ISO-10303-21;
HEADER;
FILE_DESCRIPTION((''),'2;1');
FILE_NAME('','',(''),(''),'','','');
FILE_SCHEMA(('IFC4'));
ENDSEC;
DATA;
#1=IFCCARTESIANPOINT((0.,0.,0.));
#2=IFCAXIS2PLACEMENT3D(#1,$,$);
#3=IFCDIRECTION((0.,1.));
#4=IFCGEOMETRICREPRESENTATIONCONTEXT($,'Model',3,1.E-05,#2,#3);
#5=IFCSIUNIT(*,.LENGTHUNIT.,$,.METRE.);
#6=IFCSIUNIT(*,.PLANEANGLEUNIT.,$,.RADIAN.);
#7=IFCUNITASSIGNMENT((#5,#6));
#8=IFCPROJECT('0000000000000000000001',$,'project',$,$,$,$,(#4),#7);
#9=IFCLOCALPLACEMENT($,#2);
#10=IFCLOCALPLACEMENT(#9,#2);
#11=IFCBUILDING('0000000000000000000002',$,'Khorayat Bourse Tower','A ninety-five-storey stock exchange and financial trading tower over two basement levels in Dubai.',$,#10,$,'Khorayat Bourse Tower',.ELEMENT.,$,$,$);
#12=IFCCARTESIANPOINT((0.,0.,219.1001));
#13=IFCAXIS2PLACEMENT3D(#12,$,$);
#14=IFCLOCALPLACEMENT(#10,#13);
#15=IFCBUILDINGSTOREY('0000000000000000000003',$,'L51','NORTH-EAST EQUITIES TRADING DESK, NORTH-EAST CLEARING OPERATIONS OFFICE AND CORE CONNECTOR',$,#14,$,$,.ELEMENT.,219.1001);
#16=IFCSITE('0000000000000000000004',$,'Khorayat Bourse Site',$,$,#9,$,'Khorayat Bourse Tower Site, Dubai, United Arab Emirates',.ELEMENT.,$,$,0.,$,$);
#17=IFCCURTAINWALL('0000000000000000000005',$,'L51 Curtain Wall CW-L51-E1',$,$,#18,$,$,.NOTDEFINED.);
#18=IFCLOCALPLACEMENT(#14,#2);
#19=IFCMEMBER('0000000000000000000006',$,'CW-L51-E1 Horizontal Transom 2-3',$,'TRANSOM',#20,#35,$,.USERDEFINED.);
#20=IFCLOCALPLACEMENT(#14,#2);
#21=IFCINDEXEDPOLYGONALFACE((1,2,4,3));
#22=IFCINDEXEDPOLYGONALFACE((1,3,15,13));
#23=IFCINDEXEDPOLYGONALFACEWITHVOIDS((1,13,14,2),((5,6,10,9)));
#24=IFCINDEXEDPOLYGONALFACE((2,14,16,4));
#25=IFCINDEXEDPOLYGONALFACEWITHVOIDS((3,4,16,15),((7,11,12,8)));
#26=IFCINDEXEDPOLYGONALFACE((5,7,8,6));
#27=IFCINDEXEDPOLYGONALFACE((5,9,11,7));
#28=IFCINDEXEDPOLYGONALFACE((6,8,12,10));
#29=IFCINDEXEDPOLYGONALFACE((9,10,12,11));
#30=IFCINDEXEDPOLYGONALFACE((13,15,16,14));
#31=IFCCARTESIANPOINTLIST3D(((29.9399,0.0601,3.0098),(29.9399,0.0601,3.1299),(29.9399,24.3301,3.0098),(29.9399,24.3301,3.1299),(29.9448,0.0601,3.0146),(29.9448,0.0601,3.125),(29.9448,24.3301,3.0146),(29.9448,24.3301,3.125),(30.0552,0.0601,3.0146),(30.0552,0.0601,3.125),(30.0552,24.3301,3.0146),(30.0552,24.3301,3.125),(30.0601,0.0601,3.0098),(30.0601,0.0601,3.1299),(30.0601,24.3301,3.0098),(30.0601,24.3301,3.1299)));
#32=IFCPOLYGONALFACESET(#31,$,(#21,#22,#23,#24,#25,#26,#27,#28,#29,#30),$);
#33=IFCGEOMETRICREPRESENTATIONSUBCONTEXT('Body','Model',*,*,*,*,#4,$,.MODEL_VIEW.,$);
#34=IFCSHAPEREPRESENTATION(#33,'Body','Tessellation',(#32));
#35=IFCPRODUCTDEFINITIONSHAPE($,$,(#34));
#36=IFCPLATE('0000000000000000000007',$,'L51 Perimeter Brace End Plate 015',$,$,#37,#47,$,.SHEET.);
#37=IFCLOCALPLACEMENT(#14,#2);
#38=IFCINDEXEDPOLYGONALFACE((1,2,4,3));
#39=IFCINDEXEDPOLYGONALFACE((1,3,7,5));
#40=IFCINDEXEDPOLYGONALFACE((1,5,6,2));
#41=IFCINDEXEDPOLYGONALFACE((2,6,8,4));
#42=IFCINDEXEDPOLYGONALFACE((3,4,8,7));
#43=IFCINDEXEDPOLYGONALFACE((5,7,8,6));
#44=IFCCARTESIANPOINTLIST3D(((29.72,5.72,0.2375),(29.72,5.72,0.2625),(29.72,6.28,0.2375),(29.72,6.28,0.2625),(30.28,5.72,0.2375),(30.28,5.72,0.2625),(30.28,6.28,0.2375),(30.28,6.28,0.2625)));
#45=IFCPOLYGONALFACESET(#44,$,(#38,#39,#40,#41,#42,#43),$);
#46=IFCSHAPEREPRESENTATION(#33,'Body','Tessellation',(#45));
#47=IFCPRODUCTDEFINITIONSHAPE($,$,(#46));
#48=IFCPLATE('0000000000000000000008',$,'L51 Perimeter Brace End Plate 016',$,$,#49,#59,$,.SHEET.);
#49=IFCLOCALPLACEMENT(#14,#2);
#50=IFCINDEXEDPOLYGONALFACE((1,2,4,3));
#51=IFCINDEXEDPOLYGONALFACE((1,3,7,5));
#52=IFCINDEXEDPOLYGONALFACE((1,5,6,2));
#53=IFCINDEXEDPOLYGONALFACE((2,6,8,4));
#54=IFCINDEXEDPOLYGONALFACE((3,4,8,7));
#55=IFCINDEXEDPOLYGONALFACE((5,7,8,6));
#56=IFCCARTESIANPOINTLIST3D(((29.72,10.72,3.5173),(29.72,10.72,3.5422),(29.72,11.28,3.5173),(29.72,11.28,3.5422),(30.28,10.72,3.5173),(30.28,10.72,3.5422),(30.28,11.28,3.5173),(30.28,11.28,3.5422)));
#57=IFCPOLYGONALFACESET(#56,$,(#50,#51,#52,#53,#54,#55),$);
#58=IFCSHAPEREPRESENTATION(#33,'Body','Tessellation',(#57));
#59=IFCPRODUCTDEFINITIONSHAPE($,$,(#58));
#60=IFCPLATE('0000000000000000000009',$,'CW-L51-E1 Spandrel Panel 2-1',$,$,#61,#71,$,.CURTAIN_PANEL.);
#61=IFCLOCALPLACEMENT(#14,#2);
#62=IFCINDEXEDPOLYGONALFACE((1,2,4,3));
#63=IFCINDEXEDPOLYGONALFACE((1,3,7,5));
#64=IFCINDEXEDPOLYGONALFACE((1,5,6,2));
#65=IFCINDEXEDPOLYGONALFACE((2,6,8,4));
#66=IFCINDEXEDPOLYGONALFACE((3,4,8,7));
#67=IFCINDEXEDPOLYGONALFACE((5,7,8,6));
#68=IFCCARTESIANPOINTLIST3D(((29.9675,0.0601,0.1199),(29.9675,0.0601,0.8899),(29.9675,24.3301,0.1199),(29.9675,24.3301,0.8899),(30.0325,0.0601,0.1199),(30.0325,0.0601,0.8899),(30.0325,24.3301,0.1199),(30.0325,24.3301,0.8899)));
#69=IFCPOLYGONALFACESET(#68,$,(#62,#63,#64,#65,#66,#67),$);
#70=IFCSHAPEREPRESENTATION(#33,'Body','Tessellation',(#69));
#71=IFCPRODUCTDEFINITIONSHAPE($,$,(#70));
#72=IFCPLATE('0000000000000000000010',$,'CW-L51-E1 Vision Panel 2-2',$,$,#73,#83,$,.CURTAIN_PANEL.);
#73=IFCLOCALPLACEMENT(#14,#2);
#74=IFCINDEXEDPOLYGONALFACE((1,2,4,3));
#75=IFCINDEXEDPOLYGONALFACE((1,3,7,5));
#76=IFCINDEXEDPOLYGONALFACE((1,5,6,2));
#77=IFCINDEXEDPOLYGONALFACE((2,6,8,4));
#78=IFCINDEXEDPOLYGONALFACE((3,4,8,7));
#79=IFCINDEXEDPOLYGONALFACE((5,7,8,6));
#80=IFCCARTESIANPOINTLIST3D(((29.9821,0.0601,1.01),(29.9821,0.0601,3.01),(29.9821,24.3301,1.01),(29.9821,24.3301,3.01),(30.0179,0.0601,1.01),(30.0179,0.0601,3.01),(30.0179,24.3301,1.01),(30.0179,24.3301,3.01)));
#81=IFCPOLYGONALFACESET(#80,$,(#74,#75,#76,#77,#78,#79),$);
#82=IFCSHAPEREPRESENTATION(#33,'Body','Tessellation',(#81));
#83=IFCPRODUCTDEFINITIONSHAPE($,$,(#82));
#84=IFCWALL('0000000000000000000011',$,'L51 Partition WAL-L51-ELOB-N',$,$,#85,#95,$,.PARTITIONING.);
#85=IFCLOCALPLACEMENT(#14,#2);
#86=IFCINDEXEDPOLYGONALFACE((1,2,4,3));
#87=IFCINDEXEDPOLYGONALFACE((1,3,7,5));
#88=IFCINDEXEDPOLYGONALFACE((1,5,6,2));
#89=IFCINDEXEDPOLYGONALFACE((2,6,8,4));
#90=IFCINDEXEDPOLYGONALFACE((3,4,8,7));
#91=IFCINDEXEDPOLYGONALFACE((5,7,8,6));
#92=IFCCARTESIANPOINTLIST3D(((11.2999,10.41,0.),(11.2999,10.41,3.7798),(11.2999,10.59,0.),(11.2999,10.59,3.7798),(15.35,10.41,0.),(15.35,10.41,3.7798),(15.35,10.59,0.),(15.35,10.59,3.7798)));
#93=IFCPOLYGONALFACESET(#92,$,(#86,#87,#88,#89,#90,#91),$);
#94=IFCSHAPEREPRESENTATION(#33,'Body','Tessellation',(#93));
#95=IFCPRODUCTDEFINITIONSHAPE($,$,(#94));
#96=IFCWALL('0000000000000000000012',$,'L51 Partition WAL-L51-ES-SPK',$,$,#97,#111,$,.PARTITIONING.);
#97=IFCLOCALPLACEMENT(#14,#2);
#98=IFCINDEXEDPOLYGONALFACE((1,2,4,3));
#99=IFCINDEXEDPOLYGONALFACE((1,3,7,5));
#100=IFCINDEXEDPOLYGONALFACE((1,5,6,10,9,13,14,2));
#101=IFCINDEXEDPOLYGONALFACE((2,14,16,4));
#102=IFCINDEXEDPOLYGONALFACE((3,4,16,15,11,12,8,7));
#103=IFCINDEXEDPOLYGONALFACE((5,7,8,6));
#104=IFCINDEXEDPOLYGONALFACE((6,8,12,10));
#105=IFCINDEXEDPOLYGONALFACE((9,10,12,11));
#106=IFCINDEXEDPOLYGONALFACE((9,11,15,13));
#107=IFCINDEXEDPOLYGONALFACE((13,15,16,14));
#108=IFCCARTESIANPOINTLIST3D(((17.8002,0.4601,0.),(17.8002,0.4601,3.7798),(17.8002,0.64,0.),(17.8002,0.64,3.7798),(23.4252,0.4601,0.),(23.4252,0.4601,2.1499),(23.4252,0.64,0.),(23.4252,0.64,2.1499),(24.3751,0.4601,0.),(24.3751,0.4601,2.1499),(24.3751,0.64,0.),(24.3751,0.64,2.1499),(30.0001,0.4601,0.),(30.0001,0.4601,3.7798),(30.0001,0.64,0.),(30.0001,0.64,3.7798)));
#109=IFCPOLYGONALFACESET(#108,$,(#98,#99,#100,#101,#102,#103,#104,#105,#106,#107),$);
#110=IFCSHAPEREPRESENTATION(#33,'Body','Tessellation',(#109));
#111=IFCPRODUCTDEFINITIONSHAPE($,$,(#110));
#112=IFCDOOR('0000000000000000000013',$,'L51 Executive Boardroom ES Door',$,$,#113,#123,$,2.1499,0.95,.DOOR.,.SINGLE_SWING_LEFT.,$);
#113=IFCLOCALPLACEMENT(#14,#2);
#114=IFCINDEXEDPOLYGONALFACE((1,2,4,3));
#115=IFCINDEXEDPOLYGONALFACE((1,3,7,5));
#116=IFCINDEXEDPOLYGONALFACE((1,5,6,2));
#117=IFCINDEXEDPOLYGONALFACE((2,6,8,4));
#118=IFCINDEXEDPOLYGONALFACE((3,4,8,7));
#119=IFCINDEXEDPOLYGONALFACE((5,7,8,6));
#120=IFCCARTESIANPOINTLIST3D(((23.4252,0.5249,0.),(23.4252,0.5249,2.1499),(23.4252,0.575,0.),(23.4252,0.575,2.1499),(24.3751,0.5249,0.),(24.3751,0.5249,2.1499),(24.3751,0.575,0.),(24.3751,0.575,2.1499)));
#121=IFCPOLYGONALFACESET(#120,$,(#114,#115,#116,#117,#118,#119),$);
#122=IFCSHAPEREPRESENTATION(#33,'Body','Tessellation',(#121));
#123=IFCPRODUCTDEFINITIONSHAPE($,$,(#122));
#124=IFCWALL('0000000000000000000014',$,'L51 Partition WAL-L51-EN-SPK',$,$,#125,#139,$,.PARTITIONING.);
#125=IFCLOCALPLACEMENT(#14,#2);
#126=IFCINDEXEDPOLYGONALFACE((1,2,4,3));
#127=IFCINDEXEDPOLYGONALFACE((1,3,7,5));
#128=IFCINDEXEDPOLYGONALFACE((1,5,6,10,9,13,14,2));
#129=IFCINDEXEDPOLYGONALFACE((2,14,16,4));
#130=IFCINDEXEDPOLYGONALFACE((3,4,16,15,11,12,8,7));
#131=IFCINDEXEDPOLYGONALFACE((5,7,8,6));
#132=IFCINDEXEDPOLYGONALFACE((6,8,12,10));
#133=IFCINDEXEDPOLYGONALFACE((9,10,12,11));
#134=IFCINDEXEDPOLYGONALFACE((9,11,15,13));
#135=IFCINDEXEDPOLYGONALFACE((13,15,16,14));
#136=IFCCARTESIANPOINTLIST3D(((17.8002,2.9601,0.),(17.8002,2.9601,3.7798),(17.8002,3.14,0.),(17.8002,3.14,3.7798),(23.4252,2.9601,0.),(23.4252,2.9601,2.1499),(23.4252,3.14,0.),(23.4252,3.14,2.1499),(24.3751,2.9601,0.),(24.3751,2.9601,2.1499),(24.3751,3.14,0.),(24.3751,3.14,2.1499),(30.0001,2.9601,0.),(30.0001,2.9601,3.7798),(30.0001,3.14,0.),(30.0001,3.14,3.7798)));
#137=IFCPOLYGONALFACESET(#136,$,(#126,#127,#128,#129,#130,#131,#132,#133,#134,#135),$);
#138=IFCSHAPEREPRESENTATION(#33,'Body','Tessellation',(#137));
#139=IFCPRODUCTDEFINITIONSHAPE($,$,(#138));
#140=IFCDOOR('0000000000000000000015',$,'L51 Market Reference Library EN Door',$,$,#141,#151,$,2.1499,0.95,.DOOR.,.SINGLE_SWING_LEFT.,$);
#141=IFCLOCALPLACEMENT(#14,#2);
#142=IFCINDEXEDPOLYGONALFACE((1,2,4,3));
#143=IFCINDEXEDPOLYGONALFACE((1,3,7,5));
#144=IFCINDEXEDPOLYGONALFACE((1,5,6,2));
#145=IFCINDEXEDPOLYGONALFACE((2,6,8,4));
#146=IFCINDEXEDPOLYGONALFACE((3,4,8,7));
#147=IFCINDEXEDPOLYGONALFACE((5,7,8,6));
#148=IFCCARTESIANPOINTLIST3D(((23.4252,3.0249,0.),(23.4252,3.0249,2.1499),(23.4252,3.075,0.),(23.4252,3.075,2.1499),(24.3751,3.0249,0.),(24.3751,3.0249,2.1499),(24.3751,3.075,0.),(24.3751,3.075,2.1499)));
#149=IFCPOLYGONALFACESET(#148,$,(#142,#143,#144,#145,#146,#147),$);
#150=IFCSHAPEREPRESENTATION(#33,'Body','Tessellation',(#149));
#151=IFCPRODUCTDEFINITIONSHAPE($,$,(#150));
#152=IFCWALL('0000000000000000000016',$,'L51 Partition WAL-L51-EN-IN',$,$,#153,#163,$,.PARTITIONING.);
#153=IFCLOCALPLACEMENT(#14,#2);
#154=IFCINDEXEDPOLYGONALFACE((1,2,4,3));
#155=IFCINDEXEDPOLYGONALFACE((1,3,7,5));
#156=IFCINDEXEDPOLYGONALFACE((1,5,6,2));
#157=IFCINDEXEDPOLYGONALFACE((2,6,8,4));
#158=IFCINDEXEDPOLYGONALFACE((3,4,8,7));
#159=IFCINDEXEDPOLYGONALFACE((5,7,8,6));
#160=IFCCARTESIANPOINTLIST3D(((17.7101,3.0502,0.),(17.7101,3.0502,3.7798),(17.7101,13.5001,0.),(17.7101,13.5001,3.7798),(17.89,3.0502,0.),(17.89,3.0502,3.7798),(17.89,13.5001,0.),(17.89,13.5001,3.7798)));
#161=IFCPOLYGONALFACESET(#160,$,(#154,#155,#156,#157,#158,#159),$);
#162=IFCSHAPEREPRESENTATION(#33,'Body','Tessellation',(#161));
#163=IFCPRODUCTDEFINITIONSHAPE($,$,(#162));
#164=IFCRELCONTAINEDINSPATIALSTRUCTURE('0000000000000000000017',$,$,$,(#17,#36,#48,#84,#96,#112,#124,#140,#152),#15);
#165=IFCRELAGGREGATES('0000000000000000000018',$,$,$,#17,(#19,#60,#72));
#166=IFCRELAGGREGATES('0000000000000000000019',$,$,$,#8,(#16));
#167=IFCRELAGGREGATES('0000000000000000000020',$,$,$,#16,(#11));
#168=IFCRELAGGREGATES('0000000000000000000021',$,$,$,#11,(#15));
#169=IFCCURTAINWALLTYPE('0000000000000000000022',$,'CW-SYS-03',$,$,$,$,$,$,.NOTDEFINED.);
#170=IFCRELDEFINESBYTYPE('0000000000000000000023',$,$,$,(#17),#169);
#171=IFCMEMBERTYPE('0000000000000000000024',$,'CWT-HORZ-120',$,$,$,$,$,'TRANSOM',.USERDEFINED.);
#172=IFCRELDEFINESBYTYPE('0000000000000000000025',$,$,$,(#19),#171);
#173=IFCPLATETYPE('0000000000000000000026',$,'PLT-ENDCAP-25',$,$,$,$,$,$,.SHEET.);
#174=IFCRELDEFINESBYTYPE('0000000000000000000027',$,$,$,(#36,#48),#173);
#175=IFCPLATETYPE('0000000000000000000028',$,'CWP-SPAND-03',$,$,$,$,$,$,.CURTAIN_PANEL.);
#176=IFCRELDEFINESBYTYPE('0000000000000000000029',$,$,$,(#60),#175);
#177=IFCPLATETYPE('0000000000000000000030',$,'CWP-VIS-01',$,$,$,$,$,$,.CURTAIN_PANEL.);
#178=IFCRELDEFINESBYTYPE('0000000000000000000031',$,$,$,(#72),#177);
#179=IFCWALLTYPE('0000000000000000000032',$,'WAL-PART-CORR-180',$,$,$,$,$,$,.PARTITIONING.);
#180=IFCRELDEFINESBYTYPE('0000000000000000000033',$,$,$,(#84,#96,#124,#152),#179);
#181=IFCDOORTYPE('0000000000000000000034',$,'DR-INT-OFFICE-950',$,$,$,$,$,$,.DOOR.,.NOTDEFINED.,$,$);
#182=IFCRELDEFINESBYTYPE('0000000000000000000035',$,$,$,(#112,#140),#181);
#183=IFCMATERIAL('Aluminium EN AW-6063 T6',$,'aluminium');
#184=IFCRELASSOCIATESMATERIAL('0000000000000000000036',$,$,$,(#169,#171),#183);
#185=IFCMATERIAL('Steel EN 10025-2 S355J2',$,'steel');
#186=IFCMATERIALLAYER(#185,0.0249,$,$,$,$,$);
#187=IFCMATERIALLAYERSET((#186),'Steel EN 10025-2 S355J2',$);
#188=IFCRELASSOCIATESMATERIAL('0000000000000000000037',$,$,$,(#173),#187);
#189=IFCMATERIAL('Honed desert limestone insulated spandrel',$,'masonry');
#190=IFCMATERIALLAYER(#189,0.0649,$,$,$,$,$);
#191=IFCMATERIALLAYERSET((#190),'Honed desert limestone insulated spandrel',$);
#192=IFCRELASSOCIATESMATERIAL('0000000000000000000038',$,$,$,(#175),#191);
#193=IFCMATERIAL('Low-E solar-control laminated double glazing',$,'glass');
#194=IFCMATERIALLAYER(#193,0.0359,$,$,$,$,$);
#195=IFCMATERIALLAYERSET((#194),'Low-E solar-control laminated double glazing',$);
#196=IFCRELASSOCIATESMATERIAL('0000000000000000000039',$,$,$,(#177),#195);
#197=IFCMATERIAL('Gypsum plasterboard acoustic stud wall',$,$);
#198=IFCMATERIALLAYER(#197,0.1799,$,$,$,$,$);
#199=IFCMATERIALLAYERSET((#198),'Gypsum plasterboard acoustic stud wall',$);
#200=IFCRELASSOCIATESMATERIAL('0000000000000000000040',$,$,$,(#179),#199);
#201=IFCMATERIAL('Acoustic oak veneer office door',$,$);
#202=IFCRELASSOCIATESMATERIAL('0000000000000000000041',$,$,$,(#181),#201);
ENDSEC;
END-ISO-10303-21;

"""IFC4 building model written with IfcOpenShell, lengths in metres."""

from ifc_helpers import new_model, si_unit, direction, frame, frame_2d, origin, origin_2d, place, context, subcontext, project, spatial, rectangle, hollow_rectangle, extrude, source, transform, mapped, material, layer, layer_set, material_profile, profile_set, type_object, element, fill, aggregate, save


model = new_model("IFC4")

# Units and contexts
model_context = context("Model", 3, precision=1e-05, world=origin(), true_north=direction((0.0, 1.0)))
body_context = subcontext(model_context, "Body", "Model", "MODEL_VIEW")
ifc_project = project(units=[si_unit("LENGTHUNIT", "METRE"), si_unit("PLANEANGLEUNIT", "RADIAN")], contexts=[model_context])

# Site, building, storey
site_placement = place(None, origin())
site = spatial("IfcSite", under=ifc_project, at=site_placement, Name="Khorayat Bourse Site", LongName="Khorayat Bourse Tower Site, Dubai, United Arab Emirates", CompositionType="ELEMENT", RefElevation=0.0)
building_placement = place(site_placement, origin())
building = spatial("IfcBuilding", under=site, at=building_placement, Name="Khorayat Bourse Tower", Description="A ninety-five-storey stock exchange and financial trading tower over two basement levels in Dubai.", LongName="Khorayat Bourse Tower", CompositionType="ELEMENT")
storey_placement = place(building_placement, frame((0.0, 0.0, 219.1001)))
storey = spatial("IfcBuildingStorey", under=building, at=storey_placement, Name="L51", Description="NORTH-EAST EQUITIES TRADING DESK, NORTH-EAST CLEARING OPERATIONS OFFICE AND CORE CONNECTOR", CompositionType="ELEMENT", Elevation=219.1001)

# Curtain wall, member
ifc_material_1 = material(Name="Aluminium EN AW-6063 T6", Category="aluminium")
curtain_wall_type = type_object("IfcCurtainWallType", Name="CW-SYS-03", PredefinedType="NOTDEFINED", material=ifc_material_1)
curtain_wall_placement = place(storey_placement, origin())
curtain_wall = element("IfcCurtainWall", 1, at=curtain_wall_placement, inside=storey, type_object=curtain_wall_type, Name="L51 Curtain Wall CW-L51-E1", PredefinedType="NOTDEFINED")
ifc_material_profile_1 = material_profile(ifc_material_1, hollow_rectangle(XDim=0.1201, YDim=0.1201, WallThickness=0.0049, at=origin_2d()), Name="ALU 120x120x5")
ifc_profile_set_1 = profile_set([ifc_material_profile_1], Name="Aluminium EN AW-6063 T6")
member_type_1 = type_object("IfcMemberType", Name="CWT-HORZ-120", ElementType="TRANSOM", PredefinedType="USERDEFINED", material=ifc_profile_set_1)
shared_shape_1 = source(origin(), body_context, "Body", "SweptSolid", [
    extrude(hollow_rectangle(XDim=0.1201, YDim=0.1201, WallThickness=0.0049, at=origin_2d()), origin(), (0.0, 0.0, 1.0), 24.27),
])
member_1_placement = place(storey_placement, frame((30.0, 0.0601, 3.0698), z_axis=(0.0, 1.0, 0.0), x_axis=(-1.0, 0.0, 0.0)))
member_1 = element("IfcMember", 2, at=member_1_placement, type_object=member_type_1, Name="CW-L51-E1 Horizontal Transom 2-3", ObjectType="TRANSOM", PredefinedType="USERDEFINED", context=body_context, shape_type="MappedRepresentation", body=[
    mapped(shared_shape_1, transform((0.0, 0.0, 0.0), scale=1.0)),
])

# Plates
ifc_material_2 = material(Name="Steel EN 10025-2 S355J2", Category="steel")
ifc_layer_1 = layer(ifc_material_2, 0.0249)
ifc_layer_set_1 = layer_set([ifc_layer_1], Name="Steel EN 10025-2 S355J2")
plate_type_1 = type_object("IfcPlateType", Name="PLT-ENDCAP-25", PredefinedType="SHEET", material=ifc_layer_set_1)
shared_shape_2 = source(origin(), body_context, "Body", "SweptSolid", [
    extrude(rectangle(XDim=0.5601, YDim=0.5601, at=origin_2d()), origin(), (0.0, 0.0, 1.0), 0.0249),
])
for number, where, z_axis, x_axis, name in (
    (3, (30.0, 6.0, 0.2375), (0.0, 0.0, 1.0), (1.0, 0.0, 0.0), "L51 Perimeter Brace End Plate 015"),
    (4, (30.0, 11.0, 3.5173), (0.0, 0.0, 1.0), (1.0, 0.0, 0.0), "L51 Perimeter Brace End Plate 016"),
):
    element("IfcPlate", number, at=place(storey_placement, frame(where, z_axis=z_axis, x_axis=x_axis)), inside=storey, type_object=plate_type_1, Name=name, PredefinedType="SHEET", context=body_context, shape_type="MappedRepresentation", body=[
        mapped(shared_shape_2, transform((0.0, 0.0, 0.0), scale=1.0)),
    ])

# Plates
ifc_material_3 = material(Name="Honed desert limestone insulated spandrel", Category="masonry")
ifc_layer_2 = layer(ifc_material_3, 0.0649)
ifc_layer_set_2 = layer_set([ifc_layer_2], Name="Honed desert limestone insulated spandrel")
plate_type_2 = type_object("IfcPlateType", Name="CWP-SPAND-03", PredefinedType="CURTAIN_PANEL", material=ifc_layer_set_2)
shared_shape_3 = source(origin(), body_context, "Body", "SweptSolid", [
    extrude(rectangle(XDim=24.27, YDim=0.0649, at=origin_2d()), origin(), (0.0, 0.0, 1.0), 0.77),
])
plate_1_placement = place(storey_placement, frame((30.0, 12.1951, 0.1199), z_axis=(0.0, 0.0, 1.0), x_axis=(0.0, 1.0, 0.0)))
plate_1 = element("IfcPlate", 5, at=plate_1_placement, type_object=plate_type_2, Name="CW-L51-E1 Spandrel Panel 2-1", PredefinedType="CURTAIN_PANEL", context=body_context, shape_type="MappedRepresentation", body=[
    mapped(shared_shape_3, transform((0.0, 0.0, 0.0), scale=1.0)),
])
ifc_material_4 = material(Name="Low-E solar-control laminated double glazing", Category="glass")
ifc_layer_3 = layer(ifc_material_4, 0.0359)
ifc_layer_set_3 = layer_set([ifc_layer_3], Name="Low-E solar-control laminated double glazing")
plate_type_3 = type_object("IfcPlateType", Name="CWP-VIS-01", PredefinedType="CURTAIN_PANEL", material=ifc_layer_set_3)
shared_shape_4 = source(origin(), body_context, "Body", "SweptSolid", [
    extrude(rectangle(XDim=24.27, YDim=0.0359, at=origin_2d()), origin(), (0.0, 0.0, 1.0), 2.0),
])
plate_2_placement = place(storey_placement, frame((30.0, 12.1951, 1.01), z_axis=(0.0, 0.0, 1.0), x_axis=(0.0, 1.0, 0.0)))
plate_2 = element("IfcPlate", 6, at=plate_2_placement, type_object=plate_type_3, Name="CW-L51-E1 Vision Panel 2-2", PredefinedType="CURTAIN_PANEL", context=body_context, shape_type="MappedRepresentation", body=[
    mapped(shared_shape_4, transform((0.0, 0.0, 0.0), scale=1.0)),
])
aggregate(curtain_wall, [member_1, plate_1, plate_2])

# Wall
ifc_material_5 = material(Name="Gypsum plasterboard acoustic stud wall")
ifc_layer_4 = layer(ifc_material_5, 0.1799)
ifc_layer_set_4 = layer_set([ifc_layer_4], Name="Gypsum plasterboard acoustic stud wall")
wall_type = type_object("IfcWallType", Name="WAL-PART-CORR-180", PredefinedType="PARTITIONING", material=ifc_layer_set_4)
shared_shape_5 = source(origin(), body_context, "Body", "SweptSolid", [
    extrude(rectangle(XDim=4.05, YDim=0.1799, at=frame_2d((2.0249, 0.0))), origin(), (0.0, 0.0, 1.0), 3.7798),
])
wall_1_placement = place(storey_placement, frame((11.3, 10.5, 0.0), z_axis=(0.0, 0.0, 1.0), x_axis=(1.0, 0.0, 0.0)))
element("IfcWall", 7, at=wall_1_placement, inside=storey, type_object=wall_type, Name="L51 Partition WAL-L51-ELOB-N", PredefinedType="PARTITIONING", context=body_context, shape_type="MappedRepresentation", body=[
    mapped(shared_shape_5, transform((0.0, 0.0, 0.0), scale=1.0)),
])

# Walls, openings, doors
shared_shape_6 = source(origin(), body_context, "Body", "SweptSolid", [
    extrude(rectangle(XDim=12.2, YDim=0.1799, at=frame_2d((6.1001, 0.0))), origin(), (0.0, 0.0, 1.0), 3.7798),
])
wall_2_placement = place(storey_placement, frame((17.8, 0.55, 0.0), z_axis=(0.0, 0.0, 1.0), x_axis=(1.0, 0.0, 0.0)))
wall_2 = element("IfcWall", 8, at=wall_2_placement, inside=storey, type_object=wall_type, Name="L51 Partition WAL-L51-ES-SPK", PredefinedType="PARTITIONING", context=body_context, shape_type="MappedRepresentation", body=[
    mapped(shared_shape_6, transform((0.0, 0.0, 0.0), scale=1.0)),
])
shared_shape_7 = source(origin(), body_context, "Body", "SweptSolid", [
    extrude(rectangle(XDim=0.95, YDim=2.1499, at=frame_2d((0.4751, 1.075))), frame((0.0, 0.0999, 0.0), z_axis=(0.0, -1.0, 0.0), x_axis=(1.0, 0.0, 0.0)), (0.0, 0.0, 1.0), 0.2),
])
opening_1_placement = place(wall_2_placement, frame((5.625, 0.0, 0.0)))
opening_1 = element("IfcOpeningElement", 9, at=opening_1_placement, cuts=wall_2, PredefinedType="OPENING", context=body_context, shape_type="MappedRepresentation", body=[
    mapped(shared_shape_7, transform((0.0, 0.0, 0.0), scale=1.0)),
])
ifc_material_6 = material(Name="Acoustic oak veneer office door")
door_type = type_object("IfcDoorType", Name="DR-INT-OFFICE-950", OperationType="NOTDEFINED", PredefinedType="DOOR", material=ifc_material_6)
shared_shape_8 = source(origin(), body_context, "Body", "SweptSolid", [
    extrude(rectangle(XDim=0.95, YDim=2.1499, at=frame_2d((0.4751, 1.075))), frame((0.0, 0.0249, 0.0), z_axis=(0.0, -1.0, 0.0), x_axis=(1.0, 0.0, 0.0)), (0.0, 0.0, 1.0), 0.05),
])
door_1_placement = place(opening_1_placement, origin())
door_1 = element("IfcDoor", 10, at=door_1_placement, inside=storey, type_object=door_type, Name="L51 Executive Boardroom ES Door", OperationType="SINGLE_SWING_LEFT", OverallHeight=2.1499, OverallWidth=0.95, PredefinedType="DOOR", context=body_context, shape_type="MappedRepresentation", body=[
    mapped(shared_shape_8, transform((0.0, 0.0, 0.0), scale=1.0)),
])
fill(opening_1, door_1)
wall_3_placement = place(storey_placement, frame((17.8, 3.05, 0.0), z_axis=(0.0, 0.0, 1.0), x_axis=(1.0, 0.0, 0.0)))
wall_3 = element("IfcWall", 11, at=wall_3_placement, inside=storey, type_object=wall_type, Name="L51 Partition WAL-L51-EN-SPK", PredefinedType="PARTITIONING", context=body_context, shape_type="MappedRepresentation", body=[
    mapped(shared_shape_6, transform((0.0, 0.0, 0.0), scale=1.0)),
])
opening_2_placement = place(wall_3_placement, frame((5.625, 0.0, 0.0)))
opening_2 = element("IfcOpeningElement", 12, at=opening_2_placement, cuts=wall_3, PredefinedType="OPENING", context=body_context, shape_type="MappedRepresentation", body=[
    mapped(shared_shape_7, transform((0.0, 0.0, 0.0), scale=1.0)),
])
door_2_placement = place(opening_2_placement, origin())
door_2 = element("IfcDoor", 13, at=door_2_placement, inside=storey, type_object=door_type, Name="L51 Market Reference Library EN Door", OperationType="SINGLE_SWING_LEFT", OverallHeight=2.1499, OverallWidth=0.95, PredefinedType="DOOR", context=body_context, shape_type="MappedRepresentation", body=[
    mapped(shared_shape_8, transform((0.0, 0.0, 0.0), scale=1.0)),
])
fill(opening_2, door_2)

# Wall
shared_shape_9 = source(origin(), body_context, "Body", "SweptSolid", [
    extrude(rectangle(XDim=10.45, YDim=0.1799, at=frame_2d((5.2251, 0.0))), origin(), (0.0, 0.0, 1.0), 3.7798),
])
wall_4_placement = place(storey_placement, frame((17.8, 3.05, 0.0), z_axis=(0.0, 0.0, 1.0), x_axis=(0.0, 1.0, 0.0)))
element("IfcWall", 14, at=wall_4_placement, inside=storey, type_object=wall_type, Name="L51 Partition WAL-L51-EN-IN", PredefinedType="PARTITIONING", context=body_context, shape_type="MappedRepresentation", body=[
    mapped(shared_shape_9, transform((0.0, 0.0, 0.0), scale=1.0)),
])

save(model, "model.ifc")
